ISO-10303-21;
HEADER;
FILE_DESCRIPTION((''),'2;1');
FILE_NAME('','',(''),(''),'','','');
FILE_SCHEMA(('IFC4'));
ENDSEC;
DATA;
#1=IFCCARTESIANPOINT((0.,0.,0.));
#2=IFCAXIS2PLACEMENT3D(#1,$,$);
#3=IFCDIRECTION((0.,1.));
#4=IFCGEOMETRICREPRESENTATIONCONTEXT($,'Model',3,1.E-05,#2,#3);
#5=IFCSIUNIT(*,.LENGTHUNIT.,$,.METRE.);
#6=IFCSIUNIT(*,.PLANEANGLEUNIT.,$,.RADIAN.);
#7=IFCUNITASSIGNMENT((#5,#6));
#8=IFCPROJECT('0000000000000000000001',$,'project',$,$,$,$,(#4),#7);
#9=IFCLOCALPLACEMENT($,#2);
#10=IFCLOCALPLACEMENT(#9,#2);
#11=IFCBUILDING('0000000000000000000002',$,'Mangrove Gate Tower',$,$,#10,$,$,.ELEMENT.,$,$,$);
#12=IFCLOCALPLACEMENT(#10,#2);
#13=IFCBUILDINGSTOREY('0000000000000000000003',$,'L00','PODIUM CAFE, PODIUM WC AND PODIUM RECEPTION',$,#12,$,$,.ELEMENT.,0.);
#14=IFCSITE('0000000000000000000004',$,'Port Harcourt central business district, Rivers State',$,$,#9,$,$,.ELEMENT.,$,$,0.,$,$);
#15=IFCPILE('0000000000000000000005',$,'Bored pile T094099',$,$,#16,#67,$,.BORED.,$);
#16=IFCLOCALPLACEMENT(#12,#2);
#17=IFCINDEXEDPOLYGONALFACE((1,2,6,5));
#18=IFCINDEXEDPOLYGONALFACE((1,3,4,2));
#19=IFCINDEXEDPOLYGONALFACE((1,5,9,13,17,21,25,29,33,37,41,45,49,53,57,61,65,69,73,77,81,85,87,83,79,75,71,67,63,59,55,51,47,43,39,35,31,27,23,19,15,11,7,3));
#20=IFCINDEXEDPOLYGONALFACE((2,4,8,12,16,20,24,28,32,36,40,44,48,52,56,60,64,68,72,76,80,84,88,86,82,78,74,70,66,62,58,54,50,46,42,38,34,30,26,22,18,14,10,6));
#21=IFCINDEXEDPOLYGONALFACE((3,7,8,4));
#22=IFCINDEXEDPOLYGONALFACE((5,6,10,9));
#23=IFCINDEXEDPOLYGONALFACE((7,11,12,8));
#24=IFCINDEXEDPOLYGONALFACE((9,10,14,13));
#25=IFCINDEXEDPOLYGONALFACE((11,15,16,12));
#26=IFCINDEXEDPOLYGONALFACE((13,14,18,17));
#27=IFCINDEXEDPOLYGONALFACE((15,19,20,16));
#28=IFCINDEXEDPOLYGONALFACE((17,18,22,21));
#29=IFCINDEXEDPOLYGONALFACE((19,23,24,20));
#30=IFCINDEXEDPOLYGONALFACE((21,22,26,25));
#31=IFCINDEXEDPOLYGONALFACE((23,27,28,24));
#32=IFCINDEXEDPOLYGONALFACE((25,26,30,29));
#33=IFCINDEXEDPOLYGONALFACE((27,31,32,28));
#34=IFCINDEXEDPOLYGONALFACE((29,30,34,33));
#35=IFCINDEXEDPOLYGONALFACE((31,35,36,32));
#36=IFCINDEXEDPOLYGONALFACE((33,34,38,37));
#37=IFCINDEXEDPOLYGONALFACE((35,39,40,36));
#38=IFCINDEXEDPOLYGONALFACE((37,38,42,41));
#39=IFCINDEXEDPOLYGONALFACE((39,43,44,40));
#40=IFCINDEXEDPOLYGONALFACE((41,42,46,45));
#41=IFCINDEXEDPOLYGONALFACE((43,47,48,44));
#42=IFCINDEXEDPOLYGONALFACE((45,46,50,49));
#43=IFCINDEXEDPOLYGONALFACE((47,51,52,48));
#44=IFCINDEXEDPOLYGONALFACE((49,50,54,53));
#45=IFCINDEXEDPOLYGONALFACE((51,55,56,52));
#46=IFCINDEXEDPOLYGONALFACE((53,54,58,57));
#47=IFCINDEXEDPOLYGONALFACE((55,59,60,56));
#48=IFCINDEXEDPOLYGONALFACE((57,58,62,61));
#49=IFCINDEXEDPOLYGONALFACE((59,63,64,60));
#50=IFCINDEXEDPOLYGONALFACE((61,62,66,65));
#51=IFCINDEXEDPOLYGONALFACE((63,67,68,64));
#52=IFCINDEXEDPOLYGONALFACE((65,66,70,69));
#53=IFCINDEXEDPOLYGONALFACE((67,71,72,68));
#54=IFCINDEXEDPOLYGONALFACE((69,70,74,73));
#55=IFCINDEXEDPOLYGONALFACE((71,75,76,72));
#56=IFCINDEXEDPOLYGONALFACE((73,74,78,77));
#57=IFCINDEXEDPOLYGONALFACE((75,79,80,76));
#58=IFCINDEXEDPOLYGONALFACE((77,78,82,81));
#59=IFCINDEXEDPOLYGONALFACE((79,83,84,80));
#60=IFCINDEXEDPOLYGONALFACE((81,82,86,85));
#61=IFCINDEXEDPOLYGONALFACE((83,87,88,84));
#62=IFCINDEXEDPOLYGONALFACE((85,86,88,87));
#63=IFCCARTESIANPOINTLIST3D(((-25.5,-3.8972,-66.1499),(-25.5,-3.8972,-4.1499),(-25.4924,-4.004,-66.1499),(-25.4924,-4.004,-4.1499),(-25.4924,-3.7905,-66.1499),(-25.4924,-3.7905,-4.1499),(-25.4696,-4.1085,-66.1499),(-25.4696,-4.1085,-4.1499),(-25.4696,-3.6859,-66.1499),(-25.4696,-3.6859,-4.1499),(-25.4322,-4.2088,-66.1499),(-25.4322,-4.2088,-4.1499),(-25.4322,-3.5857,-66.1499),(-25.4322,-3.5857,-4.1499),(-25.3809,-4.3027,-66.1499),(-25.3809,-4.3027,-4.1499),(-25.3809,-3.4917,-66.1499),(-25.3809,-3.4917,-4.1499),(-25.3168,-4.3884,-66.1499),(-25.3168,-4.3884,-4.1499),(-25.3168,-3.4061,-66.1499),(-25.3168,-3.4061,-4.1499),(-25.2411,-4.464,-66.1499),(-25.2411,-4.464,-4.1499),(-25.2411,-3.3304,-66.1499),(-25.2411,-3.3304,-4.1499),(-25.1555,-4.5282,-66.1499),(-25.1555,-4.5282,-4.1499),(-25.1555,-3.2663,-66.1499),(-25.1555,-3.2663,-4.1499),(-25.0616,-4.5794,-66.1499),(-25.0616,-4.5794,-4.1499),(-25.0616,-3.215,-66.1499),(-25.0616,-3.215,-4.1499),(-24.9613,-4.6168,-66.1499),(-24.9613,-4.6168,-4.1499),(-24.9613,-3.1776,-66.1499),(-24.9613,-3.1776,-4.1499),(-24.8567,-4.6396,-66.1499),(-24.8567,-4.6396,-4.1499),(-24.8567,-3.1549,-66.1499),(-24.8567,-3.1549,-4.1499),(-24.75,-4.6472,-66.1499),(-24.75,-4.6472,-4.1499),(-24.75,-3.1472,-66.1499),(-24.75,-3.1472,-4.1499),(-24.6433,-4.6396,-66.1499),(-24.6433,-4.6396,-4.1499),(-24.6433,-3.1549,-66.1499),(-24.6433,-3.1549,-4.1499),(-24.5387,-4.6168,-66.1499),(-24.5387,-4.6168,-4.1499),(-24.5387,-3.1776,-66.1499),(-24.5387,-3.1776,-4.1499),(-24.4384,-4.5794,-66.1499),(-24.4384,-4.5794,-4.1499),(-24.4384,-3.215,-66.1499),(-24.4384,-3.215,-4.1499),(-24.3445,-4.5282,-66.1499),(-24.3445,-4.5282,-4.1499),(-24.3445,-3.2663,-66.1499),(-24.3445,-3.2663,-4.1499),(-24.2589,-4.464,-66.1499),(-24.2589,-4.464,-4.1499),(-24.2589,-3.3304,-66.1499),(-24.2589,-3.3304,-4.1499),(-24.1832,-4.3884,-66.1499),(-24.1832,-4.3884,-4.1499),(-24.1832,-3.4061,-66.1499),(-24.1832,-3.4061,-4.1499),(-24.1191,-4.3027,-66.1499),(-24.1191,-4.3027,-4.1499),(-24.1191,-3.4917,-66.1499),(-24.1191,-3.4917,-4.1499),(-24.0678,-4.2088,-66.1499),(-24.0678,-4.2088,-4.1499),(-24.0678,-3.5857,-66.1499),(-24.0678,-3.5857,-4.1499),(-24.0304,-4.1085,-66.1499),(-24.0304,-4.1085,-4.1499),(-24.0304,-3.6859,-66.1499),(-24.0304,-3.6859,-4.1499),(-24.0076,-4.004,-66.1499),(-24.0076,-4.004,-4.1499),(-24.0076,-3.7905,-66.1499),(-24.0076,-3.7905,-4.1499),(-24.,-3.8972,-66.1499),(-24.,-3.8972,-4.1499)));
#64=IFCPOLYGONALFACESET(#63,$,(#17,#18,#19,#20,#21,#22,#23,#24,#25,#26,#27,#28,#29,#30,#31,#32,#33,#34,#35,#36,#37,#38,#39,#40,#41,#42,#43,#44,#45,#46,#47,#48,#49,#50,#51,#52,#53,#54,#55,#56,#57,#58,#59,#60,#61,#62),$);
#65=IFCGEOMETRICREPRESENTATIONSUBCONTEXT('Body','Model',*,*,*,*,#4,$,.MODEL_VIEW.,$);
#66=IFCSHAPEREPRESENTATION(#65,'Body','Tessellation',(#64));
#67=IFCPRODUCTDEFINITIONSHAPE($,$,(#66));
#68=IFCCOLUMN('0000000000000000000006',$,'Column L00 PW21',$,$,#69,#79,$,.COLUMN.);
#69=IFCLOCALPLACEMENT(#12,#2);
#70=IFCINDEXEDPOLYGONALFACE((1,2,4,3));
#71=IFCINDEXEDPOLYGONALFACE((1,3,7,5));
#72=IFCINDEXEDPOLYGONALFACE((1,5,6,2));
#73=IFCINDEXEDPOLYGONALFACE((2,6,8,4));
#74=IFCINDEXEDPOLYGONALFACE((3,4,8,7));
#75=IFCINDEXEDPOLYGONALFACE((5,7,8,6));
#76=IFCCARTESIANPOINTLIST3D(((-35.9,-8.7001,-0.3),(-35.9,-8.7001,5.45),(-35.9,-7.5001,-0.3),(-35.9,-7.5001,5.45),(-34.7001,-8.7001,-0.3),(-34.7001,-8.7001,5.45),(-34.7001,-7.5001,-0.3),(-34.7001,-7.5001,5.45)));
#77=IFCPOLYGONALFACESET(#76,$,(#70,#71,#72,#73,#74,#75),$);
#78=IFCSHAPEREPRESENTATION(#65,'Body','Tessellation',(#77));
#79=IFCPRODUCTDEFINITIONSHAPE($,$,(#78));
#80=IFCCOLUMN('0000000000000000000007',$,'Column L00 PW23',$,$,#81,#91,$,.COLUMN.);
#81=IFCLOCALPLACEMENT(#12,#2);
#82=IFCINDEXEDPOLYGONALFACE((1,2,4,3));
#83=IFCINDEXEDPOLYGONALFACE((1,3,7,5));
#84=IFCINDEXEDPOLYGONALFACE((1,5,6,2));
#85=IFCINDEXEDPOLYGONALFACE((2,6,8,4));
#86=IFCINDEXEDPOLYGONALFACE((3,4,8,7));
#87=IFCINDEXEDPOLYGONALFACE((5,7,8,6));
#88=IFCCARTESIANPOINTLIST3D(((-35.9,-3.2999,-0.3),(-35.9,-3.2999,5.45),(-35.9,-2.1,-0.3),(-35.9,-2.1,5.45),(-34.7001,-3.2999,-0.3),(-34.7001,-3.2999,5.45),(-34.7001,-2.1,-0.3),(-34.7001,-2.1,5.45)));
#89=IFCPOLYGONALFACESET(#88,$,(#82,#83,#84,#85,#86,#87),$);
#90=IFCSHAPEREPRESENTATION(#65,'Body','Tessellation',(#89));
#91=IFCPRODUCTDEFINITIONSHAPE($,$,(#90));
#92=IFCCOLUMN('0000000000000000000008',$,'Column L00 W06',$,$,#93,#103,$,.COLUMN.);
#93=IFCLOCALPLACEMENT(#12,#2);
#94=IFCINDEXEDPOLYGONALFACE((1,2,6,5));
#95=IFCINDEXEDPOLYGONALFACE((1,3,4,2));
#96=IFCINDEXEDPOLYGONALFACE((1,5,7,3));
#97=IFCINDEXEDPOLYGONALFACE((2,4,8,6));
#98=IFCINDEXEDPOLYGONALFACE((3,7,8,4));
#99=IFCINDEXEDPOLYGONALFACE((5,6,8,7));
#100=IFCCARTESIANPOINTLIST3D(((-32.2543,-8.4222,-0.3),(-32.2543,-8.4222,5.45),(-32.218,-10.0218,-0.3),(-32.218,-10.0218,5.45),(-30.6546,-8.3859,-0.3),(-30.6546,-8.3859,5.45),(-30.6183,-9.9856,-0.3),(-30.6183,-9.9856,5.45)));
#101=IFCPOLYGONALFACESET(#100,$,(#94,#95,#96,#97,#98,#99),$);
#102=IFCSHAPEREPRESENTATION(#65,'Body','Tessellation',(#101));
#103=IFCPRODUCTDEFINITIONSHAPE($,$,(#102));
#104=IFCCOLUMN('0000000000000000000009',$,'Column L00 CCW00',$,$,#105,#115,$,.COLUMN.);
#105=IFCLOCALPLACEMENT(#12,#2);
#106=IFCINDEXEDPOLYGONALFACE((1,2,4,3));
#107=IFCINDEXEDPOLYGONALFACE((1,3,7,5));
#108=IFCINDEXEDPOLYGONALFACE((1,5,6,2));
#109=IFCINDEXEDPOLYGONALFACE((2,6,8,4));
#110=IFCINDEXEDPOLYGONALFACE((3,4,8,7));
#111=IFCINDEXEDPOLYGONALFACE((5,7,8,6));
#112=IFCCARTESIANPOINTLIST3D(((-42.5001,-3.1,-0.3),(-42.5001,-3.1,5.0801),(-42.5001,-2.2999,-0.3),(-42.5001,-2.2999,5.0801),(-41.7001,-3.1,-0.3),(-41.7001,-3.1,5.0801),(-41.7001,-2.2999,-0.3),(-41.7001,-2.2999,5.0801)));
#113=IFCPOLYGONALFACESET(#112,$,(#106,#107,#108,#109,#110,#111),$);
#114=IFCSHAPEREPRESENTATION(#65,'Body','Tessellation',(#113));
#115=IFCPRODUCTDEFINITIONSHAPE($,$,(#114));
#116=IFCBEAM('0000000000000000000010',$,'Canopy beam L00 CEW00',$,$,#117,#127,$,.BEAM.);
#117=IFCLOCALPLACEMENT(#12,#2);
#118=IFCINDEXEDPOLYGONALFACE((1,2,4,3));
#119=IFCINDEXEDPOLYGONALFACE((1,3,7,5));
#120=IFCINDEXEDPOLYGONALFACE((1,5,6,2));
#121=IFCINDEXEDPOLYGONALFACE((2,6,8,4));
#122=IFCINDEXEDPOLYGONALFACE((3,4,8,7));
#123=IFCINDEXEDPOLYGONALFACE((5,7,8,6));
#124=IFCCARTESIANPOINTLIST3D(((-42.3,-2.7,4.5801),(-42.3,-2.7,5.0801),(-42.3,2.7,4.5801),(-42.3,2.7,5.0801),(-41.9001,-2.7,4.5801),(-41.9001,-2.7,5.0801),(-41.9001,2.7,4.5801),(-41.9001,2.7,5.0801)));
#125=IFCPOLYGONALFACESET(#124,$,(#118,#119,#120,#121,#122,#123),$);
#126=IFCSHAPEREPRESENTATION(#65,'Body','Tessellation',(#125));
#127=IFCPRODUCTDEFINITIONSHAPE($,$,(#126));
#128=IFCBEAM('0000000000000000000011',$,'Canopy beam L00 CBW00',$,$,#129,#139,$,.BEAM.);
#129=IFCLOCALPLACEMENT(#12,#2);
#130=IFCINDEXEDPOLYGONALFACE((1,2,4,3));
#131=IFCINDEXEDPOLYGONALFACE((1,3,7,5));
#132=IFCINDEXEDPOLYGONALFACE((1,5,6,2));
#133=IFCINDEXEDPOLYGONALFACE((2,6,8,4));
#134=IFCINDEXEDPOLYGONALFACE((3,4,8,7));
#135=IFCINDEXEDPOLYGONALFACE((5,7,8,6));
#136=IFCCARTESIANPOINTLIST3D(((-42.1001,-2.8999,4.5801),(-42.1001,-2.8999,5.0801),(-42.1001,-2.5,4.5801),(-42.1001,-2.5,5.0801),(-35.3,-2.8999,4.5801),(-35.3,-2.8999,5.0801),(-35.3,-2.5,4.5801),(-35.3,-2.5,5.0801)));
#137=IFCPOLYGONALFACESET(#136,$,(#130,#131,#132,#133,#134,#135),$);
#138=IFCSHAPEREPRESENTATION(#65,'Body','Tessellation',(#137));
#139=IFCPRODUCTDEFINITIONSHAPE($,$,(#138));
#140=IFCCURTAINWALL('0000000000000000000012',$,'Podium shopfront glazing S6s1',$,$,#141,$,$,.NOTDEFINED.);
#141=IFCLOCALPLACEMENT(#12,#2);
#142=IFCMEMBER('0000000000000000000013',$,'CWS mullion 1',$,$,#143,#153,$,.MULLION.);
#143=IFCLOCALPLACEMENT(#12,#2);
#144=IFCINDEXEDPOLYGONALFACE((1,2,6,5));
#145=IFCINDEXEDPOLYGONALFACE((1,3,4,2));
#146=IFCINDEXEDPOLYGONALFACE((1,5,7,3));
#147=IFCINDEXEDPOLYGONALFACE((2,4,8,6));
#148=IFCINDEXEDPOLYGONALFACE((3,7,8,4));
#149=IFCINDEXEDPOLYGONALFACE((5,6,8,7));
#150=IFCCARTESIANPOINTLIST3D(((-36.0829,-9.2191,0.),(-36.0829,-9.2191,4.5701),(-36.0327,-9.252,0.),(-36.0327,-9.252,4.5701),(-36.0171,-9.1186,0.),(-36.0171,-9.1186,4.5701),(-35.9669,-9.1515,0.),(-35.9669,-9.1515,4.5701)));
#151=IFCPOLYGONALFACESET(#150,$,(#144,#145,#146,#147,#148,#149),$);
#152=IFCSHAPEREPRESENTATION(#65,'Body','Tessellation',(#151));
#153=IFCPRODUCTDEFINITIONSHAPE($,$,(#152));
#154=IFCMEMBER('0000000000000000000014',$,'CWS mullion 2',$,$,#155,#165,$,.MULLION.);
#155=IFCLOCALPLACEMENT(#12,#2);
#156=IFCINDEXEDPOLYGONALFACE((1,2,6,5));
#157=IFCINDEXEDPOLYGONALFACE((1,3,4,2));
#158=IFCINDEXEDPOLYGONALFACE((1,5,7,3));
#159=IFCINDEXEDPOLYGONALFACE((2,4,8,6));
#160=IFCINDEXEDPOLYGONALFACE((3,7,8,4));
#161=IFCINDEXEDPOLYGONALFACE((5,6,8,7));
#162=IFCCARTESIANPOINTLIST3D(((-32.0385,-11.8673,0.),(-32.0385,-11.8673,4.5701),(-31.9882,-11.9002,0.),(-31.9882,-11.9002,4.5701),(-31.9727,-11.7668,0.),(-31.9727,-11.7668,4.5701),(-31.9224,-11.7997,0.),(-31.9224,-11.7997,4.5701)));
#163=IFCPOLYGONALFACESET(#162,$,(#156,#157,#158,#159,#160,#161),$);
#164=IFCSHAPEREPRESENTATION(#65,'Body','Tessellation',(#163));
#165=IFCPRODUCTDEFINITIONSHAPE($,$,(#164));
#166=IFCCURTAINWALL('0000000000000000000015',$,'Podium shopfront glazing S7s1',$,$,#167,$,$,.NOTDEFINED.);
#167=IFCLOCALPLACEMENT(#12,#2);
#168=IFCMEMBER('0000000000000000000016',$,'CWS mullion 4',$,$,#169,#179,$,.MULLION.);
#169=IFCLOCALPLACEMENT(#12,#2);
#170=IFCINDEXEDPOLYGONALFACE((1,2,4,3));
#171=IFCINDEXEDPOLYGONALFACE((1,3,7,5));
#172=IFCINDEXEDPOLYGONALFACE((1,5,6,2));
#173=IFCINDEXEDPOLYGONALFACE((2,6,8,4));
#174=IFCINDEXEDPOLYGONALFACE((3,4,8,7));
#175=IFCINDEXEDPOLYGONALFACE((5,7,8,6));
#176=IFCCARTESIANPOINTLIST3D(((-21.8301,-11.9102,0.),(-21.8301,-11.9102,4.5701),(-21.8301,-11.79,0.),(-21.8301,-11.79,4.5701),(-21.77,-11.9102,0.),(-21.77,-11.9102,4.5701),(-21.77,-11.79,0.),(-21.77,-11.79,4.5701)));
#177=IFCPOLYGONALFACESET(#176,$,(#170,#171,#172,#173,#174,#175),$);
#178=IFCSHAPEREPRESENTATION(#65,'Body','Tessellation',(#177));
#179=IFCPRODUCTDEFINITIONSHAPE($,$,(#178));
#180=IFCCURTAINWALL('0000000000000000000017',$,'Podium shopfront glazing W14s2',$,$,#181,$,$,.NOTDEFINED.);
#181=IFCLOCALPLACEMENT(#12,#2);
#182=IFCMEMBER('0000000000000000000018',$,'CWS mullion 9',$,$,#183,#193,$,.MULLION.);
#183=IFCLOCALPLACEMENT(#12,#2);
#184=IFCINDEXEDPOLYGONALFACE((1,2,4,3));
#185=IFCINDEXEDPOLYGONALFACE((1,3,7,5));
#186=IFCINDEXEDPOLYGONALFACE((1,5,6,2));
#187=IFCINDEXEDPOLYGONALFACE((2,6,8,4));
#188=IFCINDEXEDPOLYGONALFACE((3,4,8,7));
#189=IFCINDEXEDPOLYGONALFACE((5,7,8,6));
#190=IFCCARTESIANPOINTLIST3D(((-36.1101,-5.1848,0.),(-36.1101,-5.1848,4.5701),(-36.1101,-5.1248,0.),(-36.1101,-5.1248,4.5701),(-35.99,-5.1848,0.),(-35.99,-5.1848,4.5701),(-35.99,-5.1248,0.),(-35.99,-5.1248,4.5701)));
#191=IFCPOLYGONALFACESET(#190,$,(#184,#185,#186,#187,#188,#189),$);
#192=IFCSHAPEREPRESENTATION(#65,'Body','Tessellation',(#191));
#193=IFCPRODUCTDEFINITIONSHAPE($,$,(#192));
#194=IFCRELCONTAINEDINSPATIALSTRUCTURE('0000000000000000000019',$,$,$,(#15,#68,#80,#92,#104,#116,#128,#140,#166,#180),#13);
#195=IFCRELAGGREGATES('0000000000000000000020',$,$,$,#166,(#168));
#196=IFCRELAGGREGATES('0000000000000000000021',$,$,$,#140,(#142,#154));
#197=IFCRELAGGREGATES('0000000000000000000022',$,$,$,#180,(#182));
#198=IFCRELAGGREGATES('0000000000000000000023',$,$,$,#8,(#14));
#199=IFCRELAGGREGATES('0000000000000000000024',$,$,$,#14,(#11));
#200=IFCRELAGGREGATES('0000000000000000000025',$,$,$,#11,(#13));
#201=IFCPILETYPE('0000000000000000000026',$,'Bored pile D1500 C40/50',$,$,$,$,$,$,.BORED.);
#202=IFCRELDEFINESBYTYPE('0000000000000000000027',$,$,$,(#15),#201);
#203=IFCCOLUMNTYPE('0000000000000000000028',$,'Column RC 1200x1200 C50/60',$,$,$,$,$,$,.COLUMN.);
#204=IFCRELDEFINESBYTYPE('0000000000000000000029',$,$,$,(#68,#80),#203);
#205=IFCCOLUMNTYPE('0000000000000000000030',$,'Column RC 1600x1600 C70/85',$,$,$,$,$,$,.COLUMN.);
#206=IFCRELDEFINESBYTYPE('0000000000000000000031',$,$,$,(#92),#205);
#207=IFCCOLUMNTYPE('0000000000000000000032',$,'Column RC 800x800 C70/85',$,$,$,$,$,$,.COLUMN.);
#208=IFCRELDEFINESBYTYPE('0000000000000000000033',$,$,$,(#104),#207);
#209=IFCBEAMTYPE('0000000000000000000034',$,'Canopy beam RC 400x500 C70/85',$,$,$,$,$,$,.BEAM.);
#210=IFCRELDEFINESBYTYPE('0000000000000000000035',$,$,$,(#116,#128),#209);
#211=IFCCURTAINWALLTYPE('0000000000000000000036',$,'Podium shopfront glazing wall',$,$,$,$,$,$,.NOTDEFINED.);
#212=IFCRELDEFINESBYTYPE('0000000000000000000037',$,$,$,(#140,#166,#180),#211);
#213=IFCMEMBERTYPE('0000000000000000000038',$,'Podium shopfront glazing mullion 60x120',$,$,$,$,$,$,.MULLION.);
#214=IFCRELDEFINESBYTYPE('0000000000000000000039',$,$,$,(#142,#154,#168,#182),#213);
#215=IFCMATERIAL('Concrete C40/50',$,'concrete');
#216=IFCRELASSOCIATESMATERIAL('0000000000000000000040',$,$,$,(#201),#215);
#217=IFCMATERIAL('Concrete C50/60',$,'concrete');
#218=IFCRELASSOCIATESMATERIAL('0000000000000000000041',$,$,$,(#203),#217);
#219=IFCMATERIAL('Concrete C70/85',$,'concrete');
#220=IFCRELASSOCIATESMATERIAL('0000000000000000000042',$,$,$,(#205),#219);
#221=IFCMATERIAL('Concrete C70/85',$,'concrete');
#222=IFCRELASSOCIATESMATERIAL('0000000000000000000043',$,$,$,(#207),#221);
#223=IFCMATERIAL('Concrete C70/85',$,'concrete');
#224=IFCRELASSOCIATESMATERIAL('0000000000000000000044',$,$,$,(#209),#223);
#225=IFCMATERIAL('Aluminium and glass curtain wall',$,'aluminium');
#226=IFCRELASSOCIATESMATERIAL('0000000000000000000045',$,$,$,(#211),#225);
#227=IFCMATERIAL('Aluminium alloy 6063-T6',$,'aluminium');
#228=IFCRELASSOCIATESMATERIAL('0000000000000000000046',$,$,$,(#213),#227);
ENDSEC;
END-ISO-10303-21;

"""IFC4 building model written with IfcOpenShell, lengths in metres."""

from ifc_helpers import new_model, si_unit, direction, frame, origin, origin_2d, place, context, subcontext, project, spatial, rectangle, circle, extrude, material, material_profile, profile_set, type_object, element, aggregate, save


model = new_model("IFC4")

# Units and contexts
model_context = context("Model", 3, precision=1e-05, world=origin(), true_north=direction((0.0, 1.0)))
body_context = subcontext(model_context, "Body", "Model", "MODEL_VIEW")
ifc_project = project(units=[si_unit("LENGTHUNIT", "METRE"), si_unit("PLANEANGLEUNIT", "RADIAN")], contexts=[model_context])

# Site, building, storey
site_placement = place(None, origin())
site = spatial("IfcSite", under=ifc_project, at=site_placement, Name="Port Harcourt central business district, Rivers State", CompositionType="ELEMENT", RefElevation=0.0)
building_placement = place(site_placement, origin())
building = spatial("IfcBuilding", under=site, at=building_placement, Name="Mangrove Gate Tower", CompositionType="ELEMENT")
storey_placement = place(building_placement, origin())
storey = spatial("IfcBuildingStorey", under=building, at=storey_placement, Name="L00", Description="PODIUM CAFE, PODIUM WC AND PODIUM RECEPTION", CompositionType="ELEMENT", Elevation=0.0)

# Pile
ifc_material_1 = material(Name="Concrete C40/50", Category="concrete")
ifc_material_profile_1 = material_profile(ifc_material_1, circle(Radius=0.75, at=origin_2d()))
ifc_profile_set_1 = profile_set([ifc_material_profile_1], Name="Concrete C40/50")
pile_type = type_object("IfcPileType", Name="Bored pile D1500 C40/50", PredefinedType="BORED", material=ifc_profile_set_1)
for number, where, z_axis, x_axis, name in (
    (1, (-24.75, -3.8972, -4.1499), (0.0, 0.0, -1.0), (1.0, 0.0, 0.0), "Bored pile T094099"),
):
    element("IfcPile", number, at=place(storey_placement, frame(where, z_axis=z_axis, x_axis=x_axis)), inside=storey, type_object=pile_type, Name=name, PredefinedType="BORED", context=body_context, shape_type="SweptSolid", body=[
        extrude(circle(Radius=0.75, at=origin_2d()), origin(), (0.0, 0.0, 1.0), 62.0),
    ])

# Columns
ifc_material_2 = material(Name="Concrete C50/60", Category="concrete")
ifc_material_profile_2 = material_profile(ifc_material_2, rectangle(XDim=1.2, YDim=1.2, at=origin_2d()))
ifc_profile_set_2 = profile_set([ifc_material_profile_2], Name="Concrete C50/60")
column_type_1 = type_object("IfcColumnType", Name="Column RC 1200x1200 C50/60", PredefinedType="COLUMN", material=ifc_profile_set_2)
for number, where, z_axis, x_axis, name in (
    (2, (-35.3, -8.1001, -0.3), (0.0, 0.0, 1.0), (1.0, 0.0, 0.0), "Column L00 PW21"),
    (3, (-35.3, -2.7, -0.3), (0.0, 0.0, 1.0), (1.0, 0.0, 0.0), "Column L00 PW23"),
):
    element("IfcColumn", number, at=place(storey_placement, frame(where, z_axis=z_axis, x_axis=x_axis)), inside=storey, type_object=column_type_1, Name=name, PredefinedType="COLUMN", context=body_context, shape_type="SweptSolid", body=[
        extrude(rectangle(XDim=1.2, YDim=1.2, at=origin_2d()), origin(), (0.0, 0.0, 1.0), 5.75),
    ])
ifc_material_3 = material(Name="Concrete C70/85", Category="concrete")
ifc_material_profile_3 = material_profile(ifc_material_3, rectangle(XDim=1.6001, YDim=1.6001, at=origin_2d()))
ifc_profile_set_3 = profile_set([ifc_material_profile_3], Name="Concrete C70/85")
column_type_2 = type_object("IfcColumnType", Name="Column RC 1600x1600 C70/85", PredefinedType="COLUMN", material=ifc_profile_set_3)
column_1_placement = place(storey_placement, frame((-31.4363, -9.2039, -0.3), z_axis=(0.0, 0.0, 1.0), x_axis=(0.022678, -0.999743, 0.0)))
element("IfcColumn", 4, at=column_1_placement, inside=storey, type_object=column_type_2, Name="Column L00 W06", PredefinedType="COLUMN", context=body_context, shape_type="SweptSolid", body=[
    extrude(rectangle(XDim=1.6001, YDim=1.6001, at=origin_2d()), origin(), (0.0, 0.0, 1.0), 5.75),
])
ifc_material_4 = material(Name="Concrete C70/85", Category="concrete")
ifc_material_profile_4 = material_profile(ifc_material_4, rectangle(XDim=0.8, YDim=0.8, at=origin_2d()))
ifc_profile_set_4 = profile_set([ifc_material_profile_4], Name="Concrete C70/85")
column_type_3 = type_object("IfcColumnType", Name="Column RC 800x800 C70/85", PredefinedType="COLUMN", material=ifc_profile_set_4)
column_2_placement = place(storey_placement, frame((-42.1001, -2.7, -0.3), z_axis=(0.0, 0.0, 1.0), x_axis=(1.0, 0.0, 0.0)))
element("IfcColumn", 5, at=column_2_placement, inside=storey, type_object=column_type_3, Name="Column L00 CCW00", PredefinedType="COLUMN", context=body_context, shape_type="SweptSolid", body=[
    extrude(rectangle(XDim=0.8, YDim=0.8, at=origin_2d()), origin(), (0.0, 0.0, 1.0), 5.3801),
])

# Beams
ifc_material_5 = material(Name="Concrete C70/85", Category="concrete")
ifc_material_profile_5 = material_profile(ifc_material_5, rectangle(XDim=0.3999, YDim=0.5, at=origin_2d()))
ifc_profile_set_5 = profile_set([ifc_material_profile_5], Name="Concrete C70/85")
beam_type = type_object("IfcBeamType", Name="Canopy beam RC 400x500 C70/85", PredefinedType="BEAM", material=ifc_profile_set_5)
beam_1_placement = place(storey_placement, frame((-42.1001, -2.7, 4.8301), z_axis=(0.0, 1.0, 0.0), x_axis=(-1.0, 0.0, 0.0)))
element("IfcBeam", 6, at=beam_1_placement, inside=storey, type_object=beam_type, Name="Canopy beam L00 CEW00", PredefinedType="BEAM", context=body_context, shape_type="SweptSolid", body=[
    extrude(rectangle(XDim=0.3999, YDim=0.5, at=origin_2d()), origin(), (0.0, 0.0, 1.0), 5.3999),
])
beam_2_placement = place(storey_placement, frame((-35.3, -2.7, 4.8301), z_axis=(-1.0, 0.0, 0.0), x_axis=(0.0, -1.0, 0.0)))
element("IfcBeam", 7, at=beam_2_placement, inside=storey, type_object=beam_type, Name="Canopy beam L00 CBW00", PredefinedType="BEAM", context=body_context, shape_type="SweptSolid", body=[
    extrude(rectangle(XDim=0.3999, YDim=0.5, at=origin_2d()), origin(), (0.0, 0.0, 1.0), 6.8),
])

# Curtain wall, members
ifc_material_6 = material(Name="Aluminium and glass curtain wall", Category="aluminium")
curtain_wall_type = type_object("IfcCurtainWallType", Name="Podium shopfront glazing wall", PredefinedType="NOTDEFINED", material=ifc_material_6)
curtain_wall_1_placement = place(storey_placement, origin())
curtain_wall_1 = element("IfcCurtainWall", 8, at=curtain_wall_1_placement, inside=storey, type_object=curtain_wall_type, Name="Podium shopfront glazing S6s1", PredefinedType="NOTDEFINED")
ifc_material_7 = material(Name="Aluminium alloy 6063-T6", Category="aluminium")
ifc_material_profile_6 = material_profile(ifc_material_7, rectangle(XDim=0.0601, YDim=0.1201, at=origin_2d()))
ifc_profile_set_6 = profile_set([ifc_material_profile_6], Name="Aluminium alloy 6063-T6")
member_type_1 = type_object("IfcMemberType", Name="Podium shopfront glazing mullion 60x120", PredefinedType="MULLION", material=ifc_profile_set_6)
member_1_placement = place(storey_placement, frame((-36.0249, -9.1853, 0.0), z_axis=(0.0, 0.0, 1.0), x_axis=(0.836619, -0.547786, 0.0)))
member_1 = element("IfcMember", 9, at=member_1_placement, type_object=member_type_1, Name="CWS mullion 1", PredefinedType="MULLION", context=body_context, shape_type="SweptSolid", body=[
    extrude(rectangle(XDim=0.0601, YDim=0.1201, at=origin_2d()), origin(), (0.0, 0.0, 1.0), 4.5701),
])
member_2_placement = place(storey_placement, frame((-31.9805, -11.8335, 0.0), z_axis=(0.0, 0.0, 1.0), x_axis=(0.836619, -0.547786, 0.0)))
member_2 = element("IfcMember", 10, at=member_2_placement, type_object=member_type_1, Name="CWS mullion 2", PredefinedType="MULLION", context=body_context, shape_type="SweptSolid", body=[
    extrude(rectangle(XDim=0.0601, YDim=0.1201, at=origin_2d()), origin(), (0.0, 0.0, 1.0), 4.5701),
])

# Curtain walls, members
curtain_wall_2_placement = place(storey_placement, origin())
curtain_wall_2 = element("IfcCurtainWall", 11, at=curtain_wall_2_placement, inside=storey, type_object=curtain_wall_type, Name="Podium shopfront glazing S7s1", PredefinedType="NOTDEFINED")
member_3_placement = place(storey_placement, frame((-21.8, -11.8501, 0.0), z_axis=(0.0, 0.0, 1.0), x_axis=(1.0, 0.0, 0.0)))
member_3 = element("IfcMember", 12, at=member_3_placement, type_object=member_type_1, Name="CWS mullion 4", PredefinedType="MULLION", context=body_context, shape_type="SweptSolid", body=[
    extrude(rectangle(XDim=0.0601, YDim=0.1201, at=origin_2d()), origin(), (0.0, 0.0, 1.0), 4.5701),
])
aggregate(curtain_wall_2, [member_3])
curtain_wall_3_placement = place(storey_placement, origin())
curtain_wall_3 = element("IfcCurtainWall", 13, at=curtain_wall_3_placement, inside=storey, type_object=curtain_wall_type, Name="Podium shopfront glazing W14s2", PredefinedType="NOTDEFINED")
member_4_placement = place(storey_placement, frame((-36.05, -5.1548, 0.0), z_axis=(0.0, 0.0, 1.0), x_axis=(0.0, -1.0, 0.0)))
member_4 = element("IfcMember", 14, at=member_4_placement, type_object=member_type_1, Name="CWS mullion 9", PredefinedType="MULLION", context=body_context, shape_type="SweptSolid", body=[
    extrude(rectangle(XDim=0.0601, YDim=0.1201, at=origin_2d()), origin(), (0.0, 0.0, 1.0), 4.5701),
])

aggregate(curtain_wall_1, [member_1, member_2])
aggregate(curtain_wall_3, [member_4])

save(model, "model.ifc")
